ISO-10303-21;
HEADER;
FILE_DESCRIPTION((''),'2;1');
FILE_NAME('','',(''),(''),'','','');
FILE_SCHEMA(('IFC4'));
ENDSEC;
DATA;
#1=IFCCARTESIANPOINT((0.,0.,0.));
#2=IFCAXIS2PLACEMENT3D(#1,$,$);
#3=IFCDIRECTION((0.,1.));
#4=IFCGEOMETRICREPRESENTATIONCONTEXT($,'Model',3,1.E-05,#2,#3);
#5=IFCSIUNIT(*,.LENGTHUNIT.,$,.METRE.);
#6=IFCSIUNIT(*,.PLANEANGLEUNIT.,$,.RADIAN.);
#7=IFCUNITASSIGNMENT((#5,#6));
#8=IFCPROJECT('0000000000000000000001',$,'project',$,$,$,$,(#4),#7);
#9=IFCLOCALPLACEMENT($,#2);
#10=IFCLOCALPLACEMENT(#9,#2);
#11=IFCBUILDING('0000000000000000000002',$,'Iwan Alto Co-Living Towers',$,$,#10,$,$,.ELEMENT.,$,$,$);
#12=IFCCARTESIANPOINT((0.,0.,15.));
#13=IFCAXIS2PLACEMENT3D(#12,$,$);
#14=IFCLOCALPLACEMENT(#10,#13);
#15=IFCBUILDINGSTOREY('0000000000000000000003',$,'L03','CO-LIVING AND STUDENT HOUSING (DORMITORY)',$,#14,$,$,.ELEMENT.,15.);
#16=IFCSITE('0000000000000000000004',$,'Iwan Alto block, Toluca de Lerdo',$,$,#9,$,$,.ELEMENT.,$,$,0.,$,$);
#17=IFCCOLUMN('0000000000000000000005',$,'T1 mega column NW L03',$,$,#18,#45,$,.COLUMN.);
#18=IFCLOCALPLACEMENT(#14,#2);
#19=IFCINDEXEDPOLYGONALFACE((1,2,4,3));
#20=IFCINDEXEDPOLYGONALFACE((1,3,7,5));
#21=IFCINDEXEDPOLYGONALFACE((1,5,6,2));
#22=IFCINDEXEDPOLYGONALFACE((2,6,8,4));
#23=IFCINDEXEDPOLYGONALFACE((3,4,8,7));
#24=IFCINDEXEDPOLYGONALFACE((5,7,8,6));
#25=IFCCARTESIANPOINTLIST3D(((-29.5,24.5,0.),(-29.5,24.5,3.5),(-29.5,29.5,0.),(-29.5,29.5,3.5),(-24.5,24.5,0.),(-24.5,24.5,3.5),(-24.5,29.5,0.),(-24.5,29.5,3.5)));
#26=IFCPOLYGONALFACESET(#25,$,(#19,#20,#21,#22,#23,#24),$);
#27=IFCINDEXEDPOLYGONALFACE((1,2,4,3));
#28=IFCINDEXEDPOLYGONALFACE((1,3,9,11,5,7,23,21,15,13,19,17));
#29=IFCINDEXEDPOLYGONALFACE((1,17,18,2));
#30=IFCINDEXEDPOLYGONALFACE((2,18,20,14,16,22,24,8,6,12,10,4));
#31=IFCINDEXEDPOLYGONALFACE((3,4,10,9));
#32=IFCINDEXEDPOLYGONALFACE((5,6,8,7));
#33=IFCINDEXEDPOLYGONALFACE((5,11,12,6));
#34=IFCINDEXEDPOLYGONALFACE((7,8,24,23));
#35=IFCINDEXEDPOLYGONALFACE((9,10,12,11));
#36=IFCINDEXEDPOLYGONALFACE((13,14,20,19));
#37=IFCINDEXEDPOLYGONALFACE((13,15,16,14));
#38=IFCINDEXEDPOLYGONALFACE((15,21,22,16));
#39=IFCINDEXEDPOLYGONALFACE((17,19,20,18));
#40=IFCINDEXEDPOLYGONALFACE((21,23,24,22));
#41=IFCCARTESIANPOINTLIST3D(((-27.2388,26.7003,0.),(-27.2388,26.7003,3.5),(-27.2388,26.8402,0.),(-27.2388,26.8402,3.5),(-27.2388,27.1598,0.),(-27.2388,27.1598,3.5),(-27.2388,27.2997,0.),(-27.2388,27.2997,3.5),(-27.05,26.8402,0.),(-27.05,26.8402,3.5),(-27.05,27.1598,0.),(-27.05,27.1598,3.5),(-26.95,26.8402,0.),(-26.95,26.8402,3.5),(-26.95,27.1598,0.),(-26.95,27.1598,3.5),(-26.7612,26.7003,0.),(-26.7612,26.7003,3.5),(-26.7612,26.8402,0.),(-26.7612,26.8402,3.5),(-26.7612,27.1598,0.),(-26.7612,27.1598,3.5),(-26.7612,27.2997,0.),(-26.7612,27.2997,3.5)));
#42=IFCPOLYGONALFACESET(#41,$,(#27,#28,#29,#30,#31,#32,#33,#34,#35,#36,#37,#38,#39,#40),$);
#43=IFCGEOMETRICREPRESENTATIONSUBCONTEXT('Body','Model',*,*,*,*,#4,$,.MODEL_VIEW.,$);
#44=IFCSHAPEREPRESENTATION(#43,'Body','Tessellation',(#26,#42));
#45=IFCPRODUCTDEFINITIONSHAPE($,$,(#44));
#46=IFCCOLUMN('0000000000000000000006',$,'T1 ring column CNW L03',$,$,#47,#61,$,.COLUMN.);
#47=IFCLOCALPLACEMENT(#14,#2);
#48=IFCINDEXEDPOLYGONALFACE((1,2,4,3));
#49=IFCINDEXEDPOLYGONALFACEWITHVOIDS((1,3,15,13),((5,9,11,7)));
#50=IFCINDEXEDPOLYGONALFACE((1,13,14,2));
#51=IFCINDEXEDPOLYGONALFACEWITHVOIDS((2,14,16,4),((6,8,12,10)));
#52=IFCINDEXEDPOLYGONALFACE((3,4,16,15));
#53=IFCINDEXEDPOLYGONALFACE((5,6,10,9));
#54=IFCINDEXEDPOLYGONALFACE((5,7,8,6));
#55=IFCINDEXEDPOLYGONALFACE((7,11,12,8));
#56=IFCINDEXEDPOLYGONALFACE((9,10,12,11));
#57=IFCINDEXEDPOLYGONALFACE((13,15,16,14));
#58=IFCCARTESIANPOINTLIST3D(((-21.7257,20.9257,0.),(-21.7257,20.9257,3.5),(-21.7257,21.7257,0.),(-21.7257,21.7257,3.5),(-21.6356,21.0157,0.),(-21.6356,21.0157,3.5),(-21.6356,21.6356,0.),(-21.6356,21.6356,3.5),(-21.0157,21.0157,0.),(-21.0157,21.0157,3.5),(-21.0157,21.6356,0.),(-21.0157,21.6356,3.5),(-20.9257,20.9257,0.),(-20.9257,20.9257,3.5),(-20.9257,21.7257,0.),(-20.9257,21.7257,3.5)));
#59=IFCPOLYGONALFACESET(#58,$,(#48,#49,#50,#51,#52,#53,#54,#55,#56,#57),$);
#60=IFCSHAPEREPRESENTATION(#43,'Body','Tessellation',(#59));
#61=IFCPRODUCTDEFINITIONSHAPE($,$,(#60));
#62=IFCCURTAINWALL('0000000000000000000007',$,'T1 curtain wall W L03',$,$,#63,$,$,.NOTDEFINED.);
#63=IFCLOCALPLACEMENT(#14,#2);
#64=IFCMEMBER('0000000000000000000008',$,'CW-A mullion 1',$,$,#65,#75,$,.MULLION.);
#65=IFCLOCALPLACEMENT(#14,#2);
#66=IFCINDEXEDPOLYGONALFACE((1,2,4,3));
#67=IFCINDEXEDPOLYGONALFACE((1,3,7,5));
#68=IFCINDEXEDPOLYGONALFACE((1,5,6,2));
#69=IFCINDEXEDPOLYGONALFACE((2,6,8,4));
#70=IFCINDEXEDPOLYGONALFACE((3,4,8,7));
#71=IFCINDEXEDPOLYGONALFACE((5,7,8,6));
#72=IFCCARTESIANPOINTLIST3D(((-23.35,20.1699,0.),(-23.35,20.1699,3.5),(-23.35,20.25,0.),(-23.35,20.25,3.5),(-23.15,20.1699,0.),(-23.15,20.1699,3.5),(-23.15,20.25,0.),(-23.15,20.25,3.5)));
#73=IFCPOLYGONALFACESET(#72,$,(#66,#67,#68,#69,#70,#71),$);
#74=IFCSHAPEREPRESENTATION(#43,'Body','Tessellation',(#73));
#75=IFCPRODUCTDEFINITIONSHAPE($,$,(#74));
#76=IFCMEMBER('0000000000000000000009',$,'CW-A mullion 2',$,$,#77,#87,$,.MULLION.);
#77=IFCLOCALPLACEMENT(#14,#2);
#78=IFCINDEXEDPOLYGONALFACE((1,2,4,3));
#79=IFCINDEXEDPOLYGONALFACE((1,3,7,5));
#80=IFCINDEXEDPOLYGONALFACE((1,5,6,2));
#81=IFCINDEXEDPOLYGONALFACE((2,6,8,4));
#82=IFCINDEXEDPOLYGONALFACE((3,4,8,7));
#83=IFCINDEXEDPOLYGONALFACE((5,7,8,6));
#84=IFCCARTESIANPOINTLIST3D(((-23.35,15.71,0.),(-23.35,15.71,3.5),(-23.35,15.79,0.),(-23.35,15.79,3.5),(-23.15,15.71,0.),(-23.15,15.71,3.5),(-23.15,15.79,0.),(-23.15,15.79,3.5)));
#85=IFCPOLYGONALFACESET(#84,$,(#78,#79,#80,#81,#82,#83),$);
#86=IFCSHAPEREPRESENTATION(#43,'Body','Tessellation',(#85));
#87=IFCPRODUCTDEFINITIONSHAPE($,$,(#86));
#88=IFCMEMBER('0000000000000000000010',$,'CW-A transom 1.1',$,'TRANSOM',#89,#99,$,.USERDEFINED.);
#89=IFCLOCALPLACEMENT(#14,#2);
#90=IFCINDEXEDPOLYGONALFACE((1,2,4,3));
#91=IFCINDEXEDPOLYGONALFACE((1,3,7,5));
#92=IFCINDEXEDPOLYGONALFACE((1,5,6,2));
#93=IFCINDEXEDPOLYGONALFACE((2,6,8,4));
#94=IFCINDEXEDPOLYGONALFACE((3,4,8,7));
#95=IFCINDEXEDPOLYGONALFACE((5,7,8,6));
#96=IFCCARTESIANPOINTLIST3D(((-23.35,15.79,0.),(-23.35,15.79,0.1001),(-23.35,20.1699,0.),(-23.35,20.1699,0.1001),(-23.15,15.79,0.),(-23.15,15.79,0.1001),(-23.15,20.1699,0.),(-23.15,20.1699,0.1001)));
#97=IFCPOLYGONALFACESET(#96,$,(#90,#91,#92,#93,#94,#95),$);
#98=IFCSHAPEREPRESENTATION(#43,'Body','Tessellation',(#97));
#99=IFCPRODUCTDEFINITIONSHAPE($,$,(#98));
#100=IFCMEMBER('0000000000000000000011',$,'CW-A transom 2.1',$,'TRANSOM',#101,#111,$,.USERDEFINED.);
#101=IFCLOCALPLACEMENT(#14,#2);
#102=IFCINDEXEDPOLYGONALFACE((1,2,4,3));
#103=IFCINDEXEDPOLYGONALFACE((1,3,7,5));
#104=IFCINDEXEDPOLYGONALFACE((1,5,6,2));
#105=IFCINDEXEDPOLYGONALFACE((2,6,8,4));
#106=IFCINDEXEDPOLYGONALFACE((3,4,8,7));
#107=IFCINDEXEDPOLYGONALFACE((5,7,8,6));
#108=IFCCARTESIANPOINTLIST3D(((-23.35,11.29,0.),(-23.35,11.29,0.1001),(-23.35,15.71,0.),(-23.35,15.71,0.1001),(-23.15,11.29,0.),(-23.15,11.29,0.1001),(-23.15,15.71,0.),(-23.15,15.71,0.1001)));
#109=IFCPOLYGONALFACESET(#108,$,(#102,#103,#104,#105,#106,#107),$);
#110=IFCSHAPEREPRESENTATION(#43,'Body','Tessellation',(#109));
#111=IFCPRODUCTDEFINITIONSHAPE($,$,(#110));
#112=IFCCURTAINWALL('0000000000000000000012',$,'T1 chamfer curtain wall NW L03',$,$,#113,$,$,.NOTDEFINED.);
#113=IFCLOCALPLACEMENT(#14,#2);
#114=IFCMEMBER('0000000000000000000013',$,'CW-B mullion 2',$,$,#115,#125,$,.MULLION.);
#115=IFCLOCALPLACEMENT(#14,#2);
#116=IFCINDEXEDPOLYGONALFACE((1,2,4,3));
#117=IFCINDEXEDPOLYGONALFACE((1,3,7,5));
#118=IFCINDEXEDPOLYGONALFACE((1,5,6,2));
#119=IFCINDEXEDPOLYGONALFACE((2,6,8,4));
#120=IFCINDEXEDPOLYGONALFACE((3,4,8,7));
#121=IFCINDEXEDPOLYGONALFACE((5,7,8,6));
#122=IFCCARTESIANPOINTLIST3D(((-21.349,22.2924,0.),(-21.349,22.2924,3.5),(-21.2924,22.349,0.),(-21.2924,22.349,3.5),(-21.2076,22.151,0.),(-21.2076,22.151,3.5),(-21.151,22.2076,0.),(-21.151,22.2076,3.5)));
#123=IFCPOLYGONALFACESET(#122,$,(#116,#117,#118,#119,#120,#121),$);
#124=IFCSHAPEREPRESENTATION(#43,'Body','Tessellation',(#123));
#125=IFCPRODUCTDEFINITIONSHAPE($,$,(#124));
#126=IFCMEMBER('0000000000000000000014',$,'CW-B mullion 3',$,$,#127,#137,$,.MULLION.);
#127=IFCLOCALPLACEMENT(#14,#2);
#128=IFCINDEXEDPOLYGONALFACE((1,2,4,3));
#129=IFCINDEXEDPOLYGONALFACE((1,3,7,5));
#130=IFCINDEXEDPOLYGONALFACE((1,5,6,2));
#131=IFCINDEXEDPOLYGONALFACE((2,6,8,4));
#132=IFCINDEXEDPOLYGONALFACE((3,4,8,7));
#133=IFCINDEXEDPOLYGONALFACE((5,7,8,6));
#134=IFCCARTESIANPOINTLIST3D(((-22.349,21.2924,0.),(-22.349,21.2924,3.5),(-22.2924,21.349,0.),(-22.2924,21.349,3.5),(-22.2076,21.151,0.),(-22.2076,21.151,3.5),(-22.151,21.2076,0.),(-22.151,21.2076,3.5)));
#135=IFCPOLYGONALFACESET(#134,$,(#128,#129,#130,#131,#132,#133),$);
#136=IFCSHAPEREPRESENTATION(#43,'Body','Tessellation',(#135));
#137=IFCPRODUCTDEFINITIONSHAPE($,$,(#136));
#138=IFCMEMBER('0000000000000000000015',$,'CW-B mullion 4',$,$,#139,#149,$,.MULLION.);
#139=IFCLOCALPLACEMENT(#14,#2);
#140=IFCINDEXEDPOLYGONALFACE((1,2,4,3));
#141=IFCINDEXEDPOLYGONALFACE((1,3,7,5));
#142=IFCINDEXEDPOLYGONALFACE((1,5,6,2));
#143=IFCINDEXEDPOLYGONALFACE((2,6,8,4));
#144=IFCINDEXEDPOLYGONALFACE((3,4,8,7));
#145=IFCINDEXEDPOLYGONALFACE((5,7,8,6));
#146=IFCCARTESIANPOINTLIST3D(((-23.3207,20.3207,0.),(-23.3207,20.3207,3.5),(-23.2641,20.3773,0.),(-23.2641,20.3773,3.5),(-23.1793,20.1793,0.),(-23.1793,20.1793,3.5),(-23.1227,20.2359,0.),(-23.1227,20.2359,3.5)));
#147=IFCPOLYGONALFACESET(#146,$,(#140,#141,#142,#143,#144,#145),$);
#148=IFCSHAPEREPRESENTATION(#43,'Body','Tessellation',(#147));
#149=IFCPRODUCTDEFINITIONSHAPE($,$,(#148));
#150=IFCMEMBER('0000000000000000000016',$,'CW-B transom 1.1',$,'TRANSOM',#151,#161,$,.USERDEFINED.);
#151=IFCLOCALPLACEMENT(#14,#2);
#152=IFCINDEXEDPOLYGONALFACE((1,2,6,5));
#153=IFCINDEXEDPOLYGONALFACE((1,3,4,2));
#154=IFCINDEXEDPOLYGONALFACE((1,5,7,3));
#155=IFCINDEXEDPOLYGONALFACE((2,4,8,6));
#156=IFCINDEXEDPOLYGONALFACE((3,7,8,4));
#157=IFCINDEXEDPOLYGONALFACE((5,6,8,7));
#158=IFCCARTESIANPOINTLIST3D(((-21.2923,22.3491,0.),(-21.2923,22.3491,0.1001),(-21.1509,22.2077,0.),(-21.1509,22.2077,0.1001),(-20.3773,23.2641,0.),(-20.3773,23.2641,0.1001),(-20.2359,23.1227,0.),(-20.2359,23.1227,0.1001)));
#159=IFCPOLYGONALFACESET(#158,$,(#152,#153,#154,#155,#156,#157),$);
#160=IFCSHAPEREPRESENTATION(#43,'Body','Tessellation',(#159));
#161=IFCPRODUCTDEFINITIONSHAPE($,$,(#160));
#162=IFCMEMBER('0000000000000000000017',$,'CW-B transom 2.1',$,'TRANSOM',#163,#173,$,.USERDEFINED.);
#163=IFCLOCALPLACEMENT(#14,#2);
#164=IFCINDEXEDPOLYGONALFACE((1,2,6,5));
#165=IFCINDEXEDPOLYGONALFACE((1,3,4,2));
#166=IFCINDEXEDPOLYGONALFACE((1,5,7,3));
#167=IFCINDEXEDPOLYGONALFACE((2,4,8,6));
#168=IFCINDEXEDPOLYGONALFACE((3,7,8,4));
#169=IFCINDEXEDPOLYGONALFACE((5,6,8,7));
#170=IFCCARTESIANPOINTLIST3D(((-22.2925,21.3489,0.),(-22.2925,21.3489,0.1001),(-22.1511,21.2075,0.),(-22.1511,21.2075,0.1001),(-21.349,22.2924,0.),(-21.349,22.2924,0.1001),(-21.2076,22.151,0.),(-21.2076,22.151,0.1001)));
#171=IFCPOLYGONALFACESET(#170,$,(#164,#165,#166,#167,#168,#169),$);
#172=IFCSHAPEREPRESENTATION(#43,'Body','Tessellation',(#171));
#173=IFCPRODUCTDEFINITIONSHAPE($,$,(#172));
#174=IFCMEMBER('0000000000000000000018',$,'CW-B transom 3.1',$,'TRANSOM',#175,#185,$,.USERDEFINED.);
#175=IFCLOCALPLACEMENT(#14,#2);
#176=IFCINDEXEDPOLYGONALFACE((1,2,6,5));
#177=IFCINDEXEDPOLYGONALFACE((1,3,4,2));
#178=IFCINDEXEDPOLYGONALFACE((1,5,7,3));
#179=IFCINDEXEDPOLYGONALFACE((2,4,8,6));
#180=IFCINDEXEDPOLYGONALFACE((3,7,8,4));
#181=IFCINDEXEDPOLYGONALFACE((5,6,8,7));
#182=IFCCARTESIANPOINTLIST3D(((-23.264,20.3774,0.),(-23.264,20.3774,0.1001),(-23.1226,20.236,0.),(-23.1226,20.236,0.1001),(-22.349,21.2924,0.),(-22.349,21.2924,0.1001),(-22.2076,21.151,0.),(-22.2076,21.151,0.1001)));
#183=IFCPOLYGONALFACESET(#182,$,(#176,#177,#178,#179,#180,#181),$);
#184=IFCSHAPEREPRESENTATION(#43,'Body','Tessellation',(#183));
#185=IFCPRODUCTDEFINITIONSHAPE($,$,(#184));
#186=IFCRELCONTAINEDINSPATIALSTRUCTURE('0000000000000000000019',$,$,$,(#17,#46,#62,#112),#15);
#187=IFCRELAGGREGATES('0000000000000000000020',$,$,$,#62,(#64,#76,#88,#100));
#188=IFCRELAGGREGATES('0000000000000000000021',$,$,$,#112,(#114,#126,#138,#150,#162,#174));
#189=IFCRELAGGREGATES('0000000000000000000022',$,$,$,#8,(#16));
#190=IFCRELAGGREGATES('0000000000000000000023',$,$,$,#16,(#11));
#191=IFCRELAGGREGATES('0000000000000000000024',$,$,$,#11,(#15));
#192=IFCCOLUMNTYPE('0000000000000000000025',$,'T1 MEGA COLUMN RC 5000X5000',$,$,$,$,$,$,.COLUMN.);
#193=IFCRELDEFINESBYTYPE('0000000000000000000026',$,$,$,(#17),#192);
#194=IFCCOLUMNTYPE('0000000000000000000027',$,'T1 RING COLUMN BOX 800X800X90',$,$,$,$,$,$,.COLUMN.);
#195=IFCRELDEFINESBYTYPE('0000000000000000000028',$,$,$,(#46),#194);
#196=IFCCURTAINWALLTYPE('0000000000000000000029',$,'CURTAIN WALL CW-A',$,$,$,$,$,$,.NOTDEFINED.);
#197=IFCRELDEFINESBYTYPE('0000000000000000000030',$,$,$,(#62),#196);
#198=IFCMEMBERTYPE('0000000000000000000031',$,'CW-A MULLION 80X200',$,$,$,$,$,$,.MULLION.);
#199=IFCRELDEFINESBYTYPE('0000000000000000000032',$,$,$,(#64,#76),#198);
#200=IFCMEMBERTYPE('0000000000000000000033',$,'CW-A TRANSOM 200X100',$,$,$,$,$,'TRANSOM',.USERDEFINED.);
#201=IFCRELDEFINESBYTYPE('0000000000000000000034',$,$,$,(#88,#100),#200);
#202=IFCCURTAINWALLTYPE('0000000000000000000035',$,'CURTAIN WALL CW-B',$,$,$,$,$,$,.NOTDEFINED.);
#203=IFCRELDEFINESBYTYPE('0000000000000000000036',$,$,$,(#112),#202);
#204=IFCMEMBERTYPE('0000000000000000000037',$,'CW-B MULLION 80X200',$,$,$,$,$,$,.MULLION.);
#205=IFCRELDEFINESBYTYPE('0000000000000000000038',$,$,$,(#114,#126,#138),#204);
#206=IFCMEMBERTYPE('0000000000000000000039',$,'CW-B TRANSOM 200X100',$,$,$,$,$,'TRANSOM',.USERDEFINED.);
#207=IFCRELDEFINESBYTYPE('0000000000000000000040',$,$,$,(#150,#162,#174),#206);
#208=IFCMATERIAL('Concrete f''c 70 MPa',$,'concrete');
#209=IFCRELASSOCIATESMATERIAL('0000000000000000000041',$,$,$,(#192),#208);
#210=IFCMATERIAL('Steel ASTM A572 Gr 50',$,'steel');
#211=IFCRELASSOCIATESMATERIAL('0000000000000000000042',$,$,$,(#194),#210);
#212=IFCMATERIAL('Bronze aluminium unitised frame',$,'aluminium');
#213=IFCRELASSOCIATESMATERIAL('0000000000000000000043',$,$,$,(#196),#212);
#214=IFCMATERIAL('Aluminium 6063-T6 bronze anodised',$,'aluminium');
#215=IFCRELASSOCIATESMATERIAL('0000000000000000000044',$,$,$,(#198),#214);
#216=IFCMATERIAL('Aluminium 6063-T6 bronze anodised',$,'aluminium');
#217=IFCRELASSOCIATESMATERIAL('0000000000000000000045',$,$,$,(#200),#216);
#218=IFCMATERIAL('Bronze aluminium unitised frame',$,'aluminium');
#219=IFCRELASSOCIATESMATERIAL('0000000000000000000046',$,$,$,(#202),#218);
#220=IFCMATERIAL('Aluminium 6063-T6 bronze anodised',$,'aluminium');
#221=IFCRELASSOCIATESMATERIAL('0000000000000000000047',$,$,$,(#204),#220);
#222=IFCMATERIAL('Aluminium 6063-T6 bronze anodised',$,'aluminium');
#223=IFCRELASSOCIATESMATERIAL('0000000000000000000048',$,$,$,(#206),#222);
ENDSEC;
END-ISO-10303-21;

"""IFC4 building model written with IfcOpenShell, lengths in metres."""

from ifc_helpers import new_model, si_unit, direction, frame, origin, origin_2d, place, context, subcontext, project, spatial, rectangle, hollow_rectangle, i_section, extrude, material, material_profile, profile_set, type_object, element, aggregate, save


model = new_model("IFC4")

# Units and contexts
model_context = context("Model", 3, precision=1e-05, world=origin(), true_north=direction((0.0, 1.0)))
body_context = subcontext(model_context, "Body", "Model", "MODEL_VIEW")
ifc_project = project(units=[si_unit("LENGTHUNIT", "METRE"), si_unit("PLANEANGLEUNIT", "RADIAN")], contexts=[model_context])

# Site, building, storey
site_placement = place(None, origin())
site = spatial("IfcSite", under=ifc_project, at=site_placement, Name="Iwan Alto block, Toluca de Lerdo", CompositionType="ELEMENT", RefElevation=0.0)
building_placement = place(site_placement, origin())
building = spatial("IfcBuilding", under=site, at=building_placement, Name="Iwan Alto Co-Living Towers", CompositionType="ELEMENT")
storey_placement = place(building_placement, frame((0.0, 0.0, 15.0)))
storey = spatial("IfcBuildingStorey", under=building, at=storey_placement, Name="L03", Description="CO-LIVING AND STUDENT HOUSING (DORMITORY)", CompositionType="ELEMENT", Elevation=15.0)

# Columns
ifc_material_1 = material(Name="Concrete f'c 70 MPa", Category="concrete")
ifc_material_profile_1 = material_profile(ifc_material_1, rectangle(XDim=5.0, YDim=5.0, at=origin_2d()), Name="RC 5000X5000")
ifc_profile_set_1 = profile_set([ifc_material_profile_1], Name="Concrete f'c 70 MPa")
column_type_1 = type_object("IfcColumnType", Name="T1 MEGA COLUMN RC 5000X5000", PredefinedType="COLUMN", material=ifc_profile_set_1)
column_1_placement = place(storey_placement, frame((-27.0, 27.0, 0.0), z_axis=(0.0, 0.0, 1.0), x_axis=(1.0, 0.0, 0.0)))
element("IfcColumn", 1, at=column_1_placement, inside=storey, type_object=column_type_1, Name="T1 mega column NW L03", PredefinedType="COLUMN", context=body_context, shape_type="SweptSolid", body=[
    extrude(rectangle(XDim=5.0, YDim=5.0, at=origin_2d()), origin(), (0.0, 0.0, 1.0), 3.5),
    extrude(i_section(OverallWidth=0.4775, OverallDepth=0.5994, WebThickness=0.1001, FlangeThickness=0.1399, at=origin_2d()), origin(), (0.0, 0.0, 1.0), 3.5),
])
ifc_material_2 = material(Name="Steel ASTM A572 Gr 50", Category="steel")
ifc_material_profile_2 = material_profile(ifc_material_2, hollow_rectangle(XDim=0.8, YDim=0.8, WallThickness=0.0901, at=origin_2d()), Name="BOX 800X800X90")
ifc_profile_set_2 = profile_set([ifc_material_profile_2], Name="Steel ASTM A572 Gr 50")
column_type_2 = type_object("IfcColumnType", Name="T1 RING COLUMN BOX 800X800X90", PredefinedType="COLUMN", material=ifc_profile_set_2)
column_2_placement = place(storey_placement, frame((-21.3257, 21.3257, 0.0), z_axis=(0.0, 0.0, 1.0), x_axis=(1.0, 0.0, 0.0)))
element("IfcColumn", 2, at=column_2_placement, inside=storey, type_object=column_type_2, Name="T1 ring column CNW L03", PredefinedType="COLUMN", context=body_context, shape_type="SweptSolid", body=[
    extrude(hollow_rectangle(XDim=0.8, YDim=0.8, WallThickness=0.0901, at=origin_2d()), origin(), (0.0, 0.0, 1.0), 3.5),
])

# Curtain walls, members
ifc_material_3 = material(Name="Bronze aluminium unitised frame", Category="aluminium")
curtain_wall_type_1 = type_object("IfcCurtainWallType", Name="CURTAIN WALL CW-A", PredefinedType="NOTDEFINED", material=ifc_material_3)
curtain_wall_1_placement = place(storey_placement, origin())
curtain_wall_1 = element("IfcCurtainWall", 3, at=curtain_wall_1_placement, inside=storey, type_object=curtain_wall_type_1, Name="T1 curtain wall W L03", PredefinedType="NOTDEFINED")
ifc_material_4 = material(Name="Aluminium 6063-T6 bronze anodised", Category="aluminium")
ifc_material_profile_3 = material_profile(ifc_material_4, rectangle(XDim=0.2, YDim=0.0801, at=origin_2d()), Name="AL 80X200")
ifc_profile_set_3 = profile_set([ifc_material_profile_3], Name="Aluminium 6063-T6 bronze anodised")
member_type_1 = type_object("IfcMemberType", Name="CW-A MULLION 80X200", PredefinedType="MULLION", material=ifc_profile_set_3)
member_1_placement = place(storey_placement, frame((-23.25, 20.21, 0.0), z_axis=(0.0, 0.0, 1.0), x_axis=(1.0, 0.0, 0.0)))
member_1 = element("IfcMember", 4, at=member_1_placement, type_object=member_type_1, Name="CW-A mullion 1", PredefinedType="MULLION", context=body_context, shape_type="SweptSolid", body=[
    extrude(rectangle(XDim=0.2, YDim=0.0801, at=origin_2d()), origin(), (0.0, 0.0, 1.0), 3.5),
])
member_2_placement = place(storey_placement, frame((-23.25, 15.75, 0.0), z_axis=(0.0, 0.0, 1.0), x_axis=(1.0, 0.0, 0.0)))
member_2 = element("IfcMember", 5, at=member_2_placement, type_object=member_type_1, Name="CW-A mullion 2", PredefinedType="MULLION", context=body_context, shape_type="SweptSolid", body=[
    extrude(rectangle(XDim=0.2, YDim=0.0801, at=origin_2d()), origin(), (0.0, 0.0, 1.0), 3.5),
])
ifc_material_5 = material(Name="Aluminium 6063-T6 bronze anodised", Category="aluminium")
ifc_material_profile_4 = material_profile(ifc_material_5, rectangle(XDim=0.2, YDim=0.1001, at=origin_2d()), Name="AL 200X100")
ifc_profile_set_4 = profile_set([ifc_material_profile_4], Name="Aluminium 6063-T6 bronze anodised")
member_type_2 = type_object("IfcMemberType", Name="CW-A TRANSOM 200X100", ElementType="TRANSOM", PredefinedType="USERDEFINED", material=ifc_profile_set_4)
member_3_placement = place(storey_placement, frame((-23.25, 20.1699, 0.05), z_axis=(0.0, -1.0, 0.0), x_axis=(1.0, 0.0, 0.0)))
member_3 = element("IfcMember", 6, at=member_3_placement, type_object=member_type_2, Name="CW-A transom 1.1", ObjectType="TRANSOM", PredefinedType="USERDEFINED", context=body_context, shape_type="SweptSolid", body=[
    extrude(rectangle(XDim=0.2, YDim=0.1001, at=origin_2d()), origin(), (0.0, 0.0, 1.0), 4.3799),
])
member_4_placement = place(storey_placement, frame((-23.25, 15.71, 0.05), z_axis=(0.0, -1.0, 0.0), x_axis=(1.0, 0.0, 0.0)))
member_4 = element("IfcMember", 7, at=member_4_placement, type_object=member_type_2, Name="CW-A transom 2.1", ObjectType="TRANSOM", PredefinedType="USERDEFINED", context=body_context, shape_type="SweptSolid", body=[
    extrude(rectangle(XDim=0.2, YDim=0.1001, at=origin_2d()), origin(), (0.0, 0.0, 1.0), 4.4199),
])
ifc_material_6 = material(Name="Bronze aluminium unitised frame", Category="aluminium")
curtain_wall_type_2 = type_object("IfcCurtainWallType", Name="CURTAIN WALL CW-B", PredefinedType="NOTDEFINED", material=ifc_material_6)
curtain_wall_2_placement = place(storey_placement, origin())
curtain_wall_2 = element("IfcCurtainWall", 8, at=curtain_wall_2_placement, inside=storey, type_object=curtain_wall_type_2, Name="T1 chamfer curtain wall NW L03", PredefinedType="NOTDEFINED")
ifc_material_7 = material(Name="Aluminium 6063-T6 bronze anodised", Category="aluminium")
ifc_material_profile_5 = material_profile(ifc_material_7, rectangle(XDim=0.2, YDim=0.0801, at=origin_2d()), Name="AL 80X200")
ifc_profile_set_5 = profile_set([ifc_material_profile_5], Name="Aluminium 6063-T6 bronze anodised")
member_type_3 = type_object("IfcMemberType", Name="CW-B MULLION 80X200", PredefinedType="MULLION", material=ifc_profile_set_5)
member_5_placement = place(storey_placement, frame((-21.25, 22.25, 0.0), z_axis=(0.0, 0.0, 1.0), x_axis=(0.707107, -0.707107, 0.0)))
member_5 = element("IfcMember", 9, at=member_5_placement, type_object=member_type_3, Name="CW-B mullion 2", PredefinedType="MULLION", context=body_context, shape_type="SweptSolid", body=[
    extrude(rectangle(XDim=0.2, YDim=0.0801, at=origin_2d()), origin(), (0.0, 0.0, 1.0), 3.5),
])
member_6_placement = place(storey_placement, frame((-22.25, 21.25, 0.0), z_axis=(0.0, 0.0, 1.0), x_axis=(0.707107, -0.707107, 0.0)))
member_6 = element("IfcMember", 10, at=member_6_placement, type_object=member_type_3, Name="CW-B mullion 3", PredefinedType="MULLION", context=body_context, shape_type="SweptSolid", body=[
    extrude(rectangle(XDim=0.2, YDim=0.0801, at=origin_2d()), origin(), (0.0, 0.0, 1.0), 3.5),
])
member_7_placement = place(storey_placement, frame((-23.2217, 20.2783, 0.0), z_axis=(0.0, 0.0, 1.0), x_axis=(0.707107, -0.707107, 0.0)))
member_7 = element("IfcMember", 11, at=member_7_placement, type_object=member_type_3, Name="CW-B mullion 4", PredefinedType="MULLION", context=body_context, shape_type="SweptSolid", body=[
    extrude(rectangle(XDim=0.2, YDim=0.0801, at=origin_2d()), origin(), (0.0, 0.0, 1.0), 3.5),
])
ifc_material_8 = material(Name="Aluminium 6063-T6 bronze anodised", Category="aluminium")
ifc_material_profile_6 = material_profile(ifc_material_8, rectangle(XDim=0.2, YDim=0.1001, at=origin_2d()), Name="AL 200X100")
ifc_profile_set_6 = profile_set([ifc_material_profile_6], Name="Aluminium 6063-T6 bronze anodised")
member_type_4 = type_object("IfcMemberType", Name="CW-B TRANSOM 200X100", ElementType="TRANSOM", PredefinedType="USERDEFINED", material=ifc_profile_set_6)
member_8_placement = place(storey_placement, frame((-20.3066, 23.1934, 0.05), z_axis=(-0.707107, -0.707107, 0.0), x_axis=(0.707107, -0.707107, 0.0)))
member_8 = element("IfcMember", 12, at=member_8_placement, type_object=member_type_4, Name="CW-B transom 1.1", ObjectType="TRANSOM", PredefinedType="USERDEFINED", context=body_context, shape_type="SweptSolid", body=[
    extrude(rectangle(XDim=0.2, YDim=0.1001, at=origin_2d()), origin(), (0.0, 0.0, 1.0), 1.2939),
])
member_9_placement = place(storey_placement, frame((-21.2783, 22.2217, 0.05), z_axis=(-0.707107, -0.707107, 0.0), x_axis=(0.707107, -0.707107, 0.0)))
member_9 = element("IfcMember", 13, at=member_9_placement, type_object=member_type_4, Name="CW-B transom 2.1", ObjectType="TRANSOM", PredefinedType="USERDEFINED", context=body_context, shape_type="SweptSolid", body=[
    extrude(rectangle(XDim=0.2, YDim=0.1001, at=origin_2d()), origin(), (0.0, 0.0, 1.0), 1.3342),
])
member_10_placement = place(storey_placement, frame((-22.2783, 21.2217, 0.05), z_axis=(-0.707107, -0.707107, 0.0), x_axis=(0.707107, -0.707107, 0.0)))
member_10 = element("IfcMember", 14, at=member_10_placement, type_object=member_type_4, Name="CW-B transom 3.1", ObjectType="TRANSOM", PredefinedType="USERDEFINED", context=body_context, shape_type="SweptSolid", body=[
    extrude(rectangle(XDim=0.2, YDim=0.1001, at=origin_2d()), origin(), (0.0, 0.0, 1.0), 1.2939),
])

aggregate(curtain_wall_1, [member_1, member_2, member_3, member_4])
aggregate(curtain_wall_2, [member_5, member_6, member_7, member_8, member_9, member_10])

save(model, "model.ifc")
